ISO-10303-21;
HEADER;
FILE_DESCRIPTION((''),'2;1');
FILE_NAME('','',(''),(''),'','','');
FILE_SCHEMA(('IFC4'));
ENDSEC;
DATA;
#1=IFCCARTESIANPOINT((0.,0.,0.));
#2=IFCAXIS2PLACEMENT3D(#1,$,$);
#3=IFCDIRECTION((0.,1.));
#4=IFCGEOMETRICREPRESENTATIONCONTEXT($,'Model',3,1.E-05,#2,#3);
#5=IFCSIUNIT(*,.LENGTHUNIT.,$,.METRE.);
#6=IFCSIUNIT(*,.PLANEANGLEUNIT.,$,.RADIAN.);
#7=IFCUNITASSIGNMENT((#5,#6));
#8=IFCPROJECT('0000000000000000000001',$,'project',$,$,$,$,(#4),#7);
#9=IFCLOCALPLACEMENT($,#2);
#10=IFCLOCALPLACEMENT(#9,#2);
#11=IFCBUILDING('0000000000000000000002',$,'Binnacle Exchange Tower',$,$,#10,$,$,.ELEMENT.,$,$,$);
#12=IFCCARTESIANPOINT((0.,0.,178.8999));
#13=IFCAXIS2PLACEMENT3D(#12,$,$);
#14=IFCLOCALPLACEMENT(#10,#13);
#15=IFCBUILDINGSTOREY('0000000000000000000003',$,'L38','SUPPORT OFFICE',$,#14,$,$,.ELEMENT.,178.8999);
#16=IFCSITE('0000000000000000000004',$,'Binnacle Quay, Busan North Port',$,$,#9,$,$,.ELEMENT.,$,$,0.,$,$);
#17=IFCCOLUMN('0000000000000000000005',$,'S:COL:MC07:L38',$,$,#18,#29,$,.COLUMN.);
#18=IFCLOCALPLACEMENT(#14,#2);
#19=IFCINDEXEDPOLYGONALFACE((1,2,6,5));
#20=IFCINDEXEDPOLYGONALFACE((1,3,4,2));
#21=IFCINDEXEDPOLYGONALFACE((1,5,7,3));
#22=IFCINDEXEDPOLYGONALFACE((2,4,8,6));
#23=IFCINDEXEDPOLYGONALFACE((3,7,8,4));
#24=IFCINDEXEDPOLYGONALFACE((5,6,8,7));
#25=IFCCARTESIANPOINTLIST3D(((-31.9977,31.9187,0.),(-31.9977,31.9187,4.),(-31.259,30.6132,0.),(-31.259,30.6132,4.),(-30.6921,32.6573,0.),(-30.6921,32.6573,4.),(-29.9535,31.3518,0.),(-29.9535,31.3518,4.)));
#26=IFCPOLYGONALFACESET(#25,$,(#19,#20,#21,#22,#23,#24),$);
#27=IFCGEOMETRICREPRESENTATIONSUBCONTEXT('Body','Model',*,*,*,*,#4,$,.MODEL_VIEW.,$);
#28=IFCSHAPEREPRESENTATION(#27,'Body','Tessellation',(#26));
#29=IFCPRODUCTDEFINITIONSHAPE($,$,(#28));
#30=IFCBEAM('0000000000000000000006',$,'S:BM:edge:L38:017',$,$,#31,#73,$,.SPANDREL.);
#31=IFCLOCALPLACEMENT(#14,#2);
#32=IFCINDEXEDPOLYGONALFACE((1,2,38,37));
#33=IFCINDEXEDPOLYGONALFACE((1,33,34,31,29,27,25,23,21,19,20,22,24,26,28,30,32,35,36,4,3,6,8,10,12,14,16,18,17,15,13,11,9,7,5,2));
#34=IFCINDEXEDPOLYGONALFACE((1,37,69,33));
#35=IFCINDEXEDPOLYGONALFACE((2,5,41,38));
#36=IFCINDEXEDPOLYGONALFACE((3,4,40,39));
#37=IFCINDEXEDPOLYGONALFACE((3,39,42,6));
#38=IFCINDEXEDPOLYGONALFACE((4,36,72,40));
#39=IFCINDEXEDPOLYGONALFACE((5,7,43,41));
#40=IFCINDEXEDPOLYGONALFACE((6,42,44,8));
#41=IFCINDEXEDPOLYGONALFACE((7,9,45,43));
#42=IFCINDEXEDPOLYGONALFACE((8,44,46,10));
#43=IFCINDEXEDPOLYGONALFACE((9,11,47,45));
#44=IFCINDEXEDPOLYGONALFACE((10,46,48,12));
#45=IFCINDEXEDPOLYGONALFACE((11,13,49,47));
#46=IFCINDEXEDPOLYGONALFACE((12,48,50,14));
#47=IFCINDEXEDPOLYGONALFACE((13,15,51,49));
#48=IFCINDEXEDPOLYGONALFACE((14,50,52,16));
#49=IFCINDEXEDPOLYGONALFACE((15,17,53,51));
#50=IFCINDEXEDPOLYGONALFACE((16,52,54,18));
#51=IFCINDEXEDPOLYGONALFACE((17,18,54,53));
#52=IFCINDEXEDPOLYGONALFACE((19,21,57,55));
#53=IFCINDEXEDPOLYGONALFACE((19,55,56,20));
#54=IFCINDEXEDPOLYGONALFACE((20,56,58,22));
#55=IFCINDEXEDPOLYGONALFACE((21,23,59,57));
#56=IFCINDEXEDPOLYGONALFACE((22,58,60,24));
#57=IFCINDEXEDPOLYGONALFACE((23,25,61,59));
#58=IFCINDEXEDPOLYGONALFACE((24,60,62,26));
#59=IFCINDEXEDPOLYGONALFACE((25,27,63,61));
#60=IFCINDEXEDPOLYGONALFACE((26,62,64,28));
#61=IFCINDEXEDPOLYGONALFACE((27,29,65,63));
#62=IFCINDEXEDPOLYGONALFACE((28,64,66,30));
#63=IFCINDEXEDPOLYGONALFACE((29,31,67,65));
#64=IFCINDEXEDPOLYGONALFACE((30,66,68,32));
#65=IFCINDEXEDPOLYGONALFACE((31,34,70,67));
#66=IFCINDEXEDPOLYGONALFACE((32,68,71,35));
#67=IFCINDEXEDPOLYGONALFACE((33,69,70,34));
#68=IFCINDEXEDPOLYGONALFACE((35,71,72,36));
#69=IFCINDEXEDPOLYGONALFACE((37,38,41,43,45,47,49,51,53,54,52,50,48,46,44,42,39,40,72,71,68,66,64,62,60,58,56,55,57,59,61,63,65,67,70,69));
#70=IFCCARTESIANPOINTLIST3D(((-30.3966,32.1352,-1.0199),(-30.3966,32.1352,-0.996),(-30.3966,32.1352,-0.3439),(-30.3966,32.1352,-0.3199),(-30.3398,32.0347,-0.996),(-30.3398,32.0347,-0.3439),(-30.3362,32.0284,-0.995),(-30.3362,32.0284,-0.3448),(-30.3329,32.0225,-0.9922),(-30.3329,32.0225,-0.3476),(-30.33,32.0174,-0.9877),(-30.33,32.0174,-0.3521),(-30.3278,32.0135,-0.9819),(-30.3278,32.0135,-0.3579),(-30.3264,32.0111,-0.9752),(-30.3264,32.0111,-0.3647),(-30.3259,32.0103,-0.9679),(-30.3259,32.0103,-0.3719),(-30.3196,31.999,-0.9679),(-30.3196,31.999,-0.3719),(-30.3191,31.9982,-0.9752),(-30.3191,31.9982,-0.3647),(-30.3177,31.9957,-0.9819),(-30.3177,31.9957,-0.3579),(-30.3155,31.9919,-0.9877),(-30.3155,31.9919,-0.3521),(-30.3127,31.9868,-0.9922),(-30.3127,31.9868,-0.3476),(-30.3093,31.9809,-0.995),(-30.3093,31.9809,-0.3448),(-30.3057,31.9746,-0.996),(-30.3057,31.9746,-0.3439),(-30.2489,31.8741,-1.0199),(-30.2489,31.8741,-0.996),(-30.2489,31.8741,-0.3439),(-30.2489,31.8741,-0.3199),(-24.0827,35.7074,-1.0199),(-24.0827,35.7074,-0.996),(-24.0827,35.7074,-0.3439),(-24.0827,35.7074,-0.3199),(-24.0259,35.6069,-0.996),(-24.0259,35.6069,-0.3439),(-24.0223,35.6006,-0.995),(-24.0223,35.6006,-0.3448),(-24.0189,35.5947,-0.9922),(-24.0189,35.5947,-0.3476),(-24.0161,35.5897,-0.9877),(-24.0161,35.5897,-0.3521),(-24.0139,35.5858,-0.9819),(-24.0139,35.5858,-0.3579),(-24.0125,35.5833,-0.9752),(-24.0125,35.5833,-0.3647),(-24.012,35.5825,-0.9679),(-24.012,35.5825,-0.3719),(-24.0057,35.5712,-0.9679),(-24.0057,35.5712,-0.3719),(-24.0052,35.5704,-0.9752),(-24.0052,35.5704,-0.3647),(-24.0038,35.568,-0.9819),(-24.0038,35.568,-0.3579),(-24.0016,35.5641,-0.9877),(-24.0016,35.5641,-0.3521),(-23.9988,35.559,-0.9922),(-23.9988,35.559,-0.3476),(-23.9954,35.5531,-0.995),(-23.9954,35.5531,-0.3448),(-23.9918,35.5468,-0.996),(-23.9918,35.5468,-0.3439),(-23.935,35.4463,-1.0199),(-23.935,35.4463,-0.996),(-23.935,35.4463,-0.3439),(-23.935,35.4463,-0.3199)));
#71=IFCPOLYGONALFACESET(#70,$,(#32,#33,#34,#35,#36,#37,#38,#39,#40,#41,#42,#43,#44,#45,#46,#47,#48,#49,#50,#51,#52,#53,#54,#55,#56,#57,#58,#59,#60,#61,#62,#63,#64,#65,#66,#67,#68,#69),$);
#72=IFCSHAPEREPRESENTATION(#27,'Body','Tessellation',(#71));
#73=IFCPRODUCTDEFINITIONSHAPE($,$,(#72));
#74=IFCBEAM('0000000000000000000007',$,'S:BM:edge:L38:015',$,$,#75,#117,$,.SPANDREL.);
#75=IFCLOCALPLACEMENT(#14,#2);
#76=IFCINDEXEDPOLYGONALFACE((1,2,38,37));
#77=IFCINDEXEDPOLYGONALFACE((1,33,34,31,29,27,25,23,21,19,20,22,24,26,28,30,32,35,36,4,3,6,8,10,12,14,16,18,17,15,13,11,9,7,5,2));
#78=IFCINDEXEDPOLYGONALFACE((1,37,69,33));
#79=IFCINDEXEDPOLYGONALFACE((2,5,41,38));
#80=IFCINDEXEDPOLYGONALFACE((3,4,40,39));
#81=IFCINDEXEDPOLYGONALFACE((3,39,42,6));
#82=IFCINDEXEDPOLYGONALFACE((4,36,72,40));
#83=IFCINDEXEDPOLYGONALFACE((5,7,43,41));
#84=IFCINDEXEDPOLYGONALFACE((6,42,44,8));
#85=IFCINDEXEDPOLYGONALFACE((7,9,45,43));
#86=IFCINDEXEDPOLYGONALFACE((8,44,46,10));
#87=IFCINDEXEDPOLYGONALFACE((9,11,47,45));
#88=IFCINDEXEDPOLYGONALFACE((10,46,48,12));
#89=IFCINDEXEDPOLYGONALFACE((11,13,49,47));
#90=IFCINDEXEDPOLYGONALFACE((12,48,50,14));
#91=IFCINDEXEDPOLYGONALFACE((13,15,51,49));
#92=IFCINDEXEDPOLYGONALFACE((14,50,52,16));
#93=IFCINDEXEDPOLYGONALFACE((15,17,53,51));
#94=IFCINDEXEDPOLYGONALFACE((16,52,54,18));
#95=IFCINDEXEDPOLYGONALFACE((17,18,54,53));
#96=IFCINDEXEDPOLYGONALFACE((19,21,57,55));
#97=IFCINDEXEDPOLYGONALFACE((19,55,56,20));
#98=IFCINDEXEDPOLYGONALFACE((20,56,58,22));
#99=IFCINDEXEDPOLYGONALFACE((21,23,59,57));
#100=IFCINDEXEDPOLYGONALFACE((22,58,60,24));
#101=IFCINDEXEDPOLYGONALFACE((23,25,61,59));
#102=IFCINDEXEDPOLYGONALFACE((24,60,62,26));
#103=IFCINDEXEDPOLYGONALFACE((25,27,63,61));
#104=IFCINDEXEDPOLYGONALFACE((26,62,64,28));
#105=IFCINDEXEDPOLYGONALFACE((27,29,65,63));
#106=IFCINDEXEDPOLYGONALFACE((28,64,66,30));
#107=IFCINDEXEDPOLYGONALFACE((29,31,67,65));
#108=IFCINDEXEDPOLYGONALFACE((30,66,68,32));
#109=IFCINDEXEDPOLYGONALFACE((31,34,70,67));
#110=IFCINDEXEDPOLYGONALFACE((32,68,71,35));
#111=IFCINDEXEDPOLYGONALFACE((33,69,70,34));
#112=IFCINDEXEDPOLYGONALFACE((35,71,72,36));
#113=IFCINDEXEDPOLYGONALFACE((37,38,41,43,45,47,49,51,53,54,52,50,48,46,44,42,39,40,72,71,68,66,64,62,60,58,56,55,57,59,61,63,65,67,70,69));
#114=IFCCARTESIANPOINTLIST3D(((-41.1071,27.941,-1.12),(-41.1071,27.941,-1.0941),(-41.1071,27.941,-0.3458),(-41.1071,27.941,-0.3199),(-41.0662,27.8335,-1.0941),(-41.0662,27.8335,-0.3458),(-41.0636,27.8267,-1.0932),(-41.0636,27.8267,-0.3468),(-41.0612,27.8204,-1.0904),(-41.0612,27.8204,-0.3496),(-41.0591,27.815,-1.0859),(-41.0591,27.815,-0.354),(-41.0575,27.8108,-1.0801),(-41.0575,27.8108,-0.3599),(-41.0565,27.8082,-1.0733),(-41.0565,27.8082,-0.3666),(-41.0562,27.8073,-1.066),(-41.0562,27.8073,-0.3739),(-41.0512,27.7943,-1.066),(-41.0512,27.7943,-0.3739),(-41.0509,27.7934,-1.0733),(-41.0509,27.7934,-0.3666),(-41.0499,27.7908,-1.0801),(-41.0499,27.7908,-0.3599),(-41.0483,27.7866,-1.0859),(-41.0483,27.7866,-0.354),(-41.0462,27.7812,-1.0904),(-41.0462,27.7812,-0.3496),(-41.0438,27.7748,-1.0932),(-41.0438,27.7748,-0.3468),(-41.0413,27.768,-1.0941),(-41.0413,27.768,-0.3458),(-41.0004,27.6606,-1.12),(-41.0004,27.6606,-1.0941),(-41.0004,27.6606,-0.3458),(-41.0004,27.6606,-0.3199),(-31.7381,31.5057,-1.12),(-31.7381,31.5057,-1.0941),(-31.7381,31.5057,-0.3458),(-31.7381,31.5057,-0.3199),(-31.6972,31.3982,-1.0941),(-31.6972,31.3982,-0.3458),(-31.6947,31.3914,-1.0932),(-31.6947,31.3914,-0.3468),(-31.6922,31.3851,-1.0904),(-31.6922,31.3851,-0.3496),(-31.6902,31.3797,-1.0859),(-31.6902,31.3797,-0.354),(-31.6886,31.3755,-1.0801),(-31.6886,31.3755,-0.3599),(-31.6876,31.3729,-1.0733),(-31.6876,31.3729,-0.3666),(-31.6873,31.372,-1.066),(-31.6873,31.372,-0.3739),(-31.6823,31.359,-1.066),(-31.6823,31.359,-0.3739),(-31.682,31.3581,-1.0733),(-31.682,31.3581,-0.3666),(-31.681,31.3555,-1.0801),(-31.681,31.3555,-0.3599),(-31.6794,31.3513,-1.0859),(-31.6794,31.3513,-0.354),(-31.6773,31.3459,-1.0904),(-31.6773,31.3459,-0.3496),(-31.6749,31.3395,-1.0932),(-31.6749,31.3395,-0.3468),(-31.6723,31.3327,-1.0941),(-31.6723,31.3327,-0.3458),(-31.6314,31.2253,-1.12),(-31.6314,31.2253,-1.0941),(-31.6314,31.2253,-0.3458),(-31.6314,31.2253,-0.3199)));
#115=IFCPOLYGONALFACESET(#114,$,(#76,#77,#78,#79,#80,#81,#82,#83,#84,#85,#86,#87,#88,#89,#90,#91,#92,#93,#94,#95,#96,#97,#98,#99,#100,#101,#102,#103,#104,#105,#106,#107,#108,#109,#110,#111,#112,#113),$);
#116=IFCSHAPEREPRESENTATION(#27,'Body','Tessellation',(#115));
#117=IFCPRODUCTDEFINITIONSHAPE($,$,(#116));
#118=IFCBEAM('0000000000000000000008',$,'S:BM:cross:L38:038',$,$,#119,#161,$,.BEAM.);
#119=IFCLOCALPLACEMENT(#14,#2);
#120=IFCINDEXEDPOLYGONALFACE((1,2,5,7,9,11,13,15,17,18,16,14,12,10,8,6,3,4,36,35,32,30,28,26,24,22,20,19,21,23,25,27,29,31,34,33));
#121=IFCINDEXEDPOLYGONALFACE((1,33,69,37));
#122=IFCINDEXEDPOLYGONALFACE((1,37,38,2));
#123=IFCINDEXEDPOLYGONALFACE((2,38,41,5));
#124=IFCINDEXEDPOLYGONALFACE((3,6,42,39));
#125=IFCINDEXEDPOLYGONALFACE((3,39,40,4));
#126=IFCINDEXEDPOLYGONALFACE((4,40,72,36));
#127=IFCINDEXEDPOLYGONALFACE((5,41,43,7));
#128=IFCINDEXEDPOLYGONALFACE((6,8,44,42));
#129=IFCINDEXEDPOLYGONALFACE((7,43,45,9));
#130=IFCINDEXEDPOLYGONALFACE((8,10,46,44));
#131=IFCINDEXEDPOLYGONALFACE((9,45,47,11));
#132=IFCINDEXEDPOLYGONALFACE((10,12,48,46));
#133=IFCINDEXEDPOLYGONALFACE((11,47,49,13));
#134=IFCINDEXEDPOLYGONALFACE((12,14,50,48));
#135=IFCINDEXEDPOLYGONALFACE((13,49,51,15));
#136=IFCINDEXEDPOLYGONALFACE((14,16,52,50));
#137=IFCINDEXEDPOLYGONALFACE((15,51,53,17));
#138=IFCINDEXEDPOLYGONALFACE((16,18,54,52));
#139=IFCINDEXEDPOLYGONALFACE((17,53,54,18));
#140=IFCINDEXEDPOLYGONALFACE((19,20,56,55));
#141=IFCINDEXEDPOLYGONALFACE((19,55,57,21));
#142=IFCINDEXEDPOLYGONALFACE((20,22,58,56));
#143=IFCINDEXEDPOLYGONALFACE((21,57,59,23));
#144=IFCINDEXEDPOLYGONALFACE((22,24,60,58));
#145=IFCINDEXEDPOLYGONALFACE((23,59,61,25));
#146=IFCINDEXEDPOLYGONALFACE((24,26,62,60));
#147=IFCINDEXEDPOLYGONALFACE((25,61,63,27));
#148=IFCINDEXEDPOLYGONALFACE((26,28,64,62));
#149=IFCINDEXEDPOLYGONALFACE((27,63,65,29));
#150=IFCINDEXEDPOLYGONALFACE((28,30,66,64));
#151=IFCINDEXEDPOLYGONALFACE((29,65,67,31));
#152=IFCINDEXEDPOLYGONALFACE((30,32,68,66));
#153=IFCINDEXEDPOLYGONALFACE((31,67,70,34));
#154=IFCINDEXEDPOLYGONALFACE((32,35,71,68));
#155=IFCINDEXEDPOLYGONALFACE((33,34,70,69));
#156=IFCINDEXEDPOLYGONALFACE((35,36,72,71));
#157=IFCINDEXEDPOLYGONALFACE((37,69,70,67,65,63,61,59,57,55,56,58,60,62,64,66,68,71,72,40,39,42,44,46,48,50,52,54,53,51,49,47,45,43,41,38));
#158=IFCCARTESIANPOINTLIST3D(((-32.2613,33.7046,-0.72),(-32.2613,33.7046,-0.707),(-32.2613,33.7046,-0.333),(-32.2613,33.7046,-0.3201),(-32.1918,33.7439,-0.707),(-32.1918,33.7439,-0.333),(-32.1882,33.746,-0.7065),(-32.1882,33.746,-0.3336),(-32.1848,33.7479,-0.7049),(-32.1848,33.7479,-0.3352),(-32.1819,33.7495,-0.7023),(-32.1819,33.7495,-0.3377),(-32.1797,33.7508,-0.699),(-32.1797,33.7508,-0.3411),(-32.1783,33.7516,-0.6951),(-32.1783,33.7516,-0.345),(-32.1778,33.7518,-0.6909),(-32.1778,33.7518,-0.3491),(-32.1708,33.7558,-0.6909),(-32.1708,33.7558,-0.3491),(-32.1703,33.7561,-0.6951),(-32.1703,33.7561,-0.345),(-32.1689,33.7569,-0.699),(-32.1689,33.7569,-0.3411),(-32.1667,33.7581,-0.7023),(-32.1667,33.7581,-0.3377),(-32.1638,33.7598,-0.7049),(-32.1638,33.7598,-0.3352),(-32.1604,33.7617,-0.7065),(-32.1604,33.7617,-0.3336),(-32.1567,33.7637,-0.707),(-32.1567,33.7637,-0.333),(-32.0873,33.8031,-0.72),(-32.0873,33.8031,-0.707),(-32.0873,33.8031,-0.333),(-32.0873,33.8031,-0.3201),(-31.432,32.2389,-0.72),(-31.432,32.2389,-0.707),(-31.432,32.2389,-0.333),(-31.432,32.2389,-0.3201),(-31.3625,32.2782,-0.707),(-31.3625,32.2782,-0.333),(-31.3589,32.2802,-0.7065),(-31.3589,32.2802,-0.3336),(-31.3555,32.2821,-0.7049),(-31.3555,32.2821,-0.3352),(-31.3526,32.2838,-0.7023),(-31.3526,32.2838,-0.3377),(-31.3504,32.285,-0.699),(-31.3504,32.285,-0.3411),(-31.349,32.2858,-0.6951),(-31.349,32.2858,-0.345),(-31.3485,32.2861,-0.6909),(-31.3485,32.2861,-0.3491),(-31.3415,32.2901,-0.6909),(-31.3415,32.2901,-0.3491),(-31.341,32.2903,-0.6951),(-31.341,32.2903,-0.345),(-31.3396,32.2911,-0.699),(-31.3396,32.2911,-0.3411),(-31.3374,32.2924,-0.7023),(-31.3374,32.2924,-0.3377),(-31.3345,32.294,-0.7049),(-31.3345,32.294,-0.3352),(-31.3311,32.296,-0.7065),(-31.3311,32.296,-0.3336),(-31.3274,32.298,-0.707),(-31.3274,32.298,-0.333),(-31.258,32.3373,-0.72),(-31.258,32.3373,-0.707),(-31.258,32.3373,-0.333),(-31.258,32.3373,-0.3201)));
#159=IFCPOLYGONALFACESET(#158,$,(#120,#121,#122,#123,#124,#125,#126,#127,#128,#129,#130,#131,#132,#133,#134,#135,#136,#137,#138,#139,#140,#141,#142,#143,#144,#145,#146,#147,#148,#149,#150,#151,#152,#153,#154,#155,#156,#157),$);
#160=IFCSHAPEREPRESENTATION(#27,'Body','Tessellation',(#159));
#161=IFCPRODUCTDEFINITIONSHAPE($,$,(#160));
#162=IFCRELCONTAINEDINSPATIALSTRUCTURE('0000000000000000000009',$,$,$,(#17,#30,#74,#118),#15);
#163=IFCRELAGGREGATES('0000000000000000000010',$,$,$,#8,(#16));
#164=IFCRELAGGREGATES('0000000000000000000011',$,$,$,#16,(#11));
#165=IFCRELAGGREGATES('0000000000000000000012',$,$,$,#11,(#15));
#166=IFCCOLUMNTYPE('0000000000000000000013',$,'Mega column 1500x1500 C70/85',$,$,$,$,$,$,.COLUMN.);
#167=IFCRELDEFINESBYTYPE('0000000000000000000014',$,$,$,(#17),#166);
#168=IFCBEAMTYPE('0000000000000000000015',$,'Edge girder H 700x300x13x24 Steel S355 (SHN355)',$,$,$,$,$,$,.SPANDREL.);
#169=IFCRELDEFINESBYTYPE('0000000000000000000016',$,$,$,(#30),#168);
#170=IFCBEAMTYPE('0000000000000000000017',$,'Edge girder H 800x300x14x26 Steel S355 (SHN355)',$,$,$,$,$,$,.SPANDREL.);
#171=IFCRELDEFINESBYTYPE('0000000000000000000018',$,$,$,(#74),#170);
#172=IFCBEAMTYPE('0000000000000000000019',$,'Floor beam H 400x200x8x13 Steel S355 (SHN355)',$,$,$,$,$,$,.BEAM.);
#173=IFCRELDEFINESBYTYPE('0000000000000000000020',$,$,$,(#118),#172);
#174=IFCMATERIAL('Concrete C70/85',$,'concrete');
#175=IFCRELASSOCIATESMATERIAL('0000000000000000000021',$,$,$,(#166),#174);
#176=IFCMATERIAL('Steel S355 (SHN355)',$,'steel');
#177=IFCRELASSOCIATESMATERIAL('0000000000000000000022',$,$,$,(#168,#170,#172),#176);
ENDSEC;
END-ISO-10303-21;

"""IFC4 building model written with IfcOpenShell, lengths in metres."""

from ifc_helpers import new_model, si_unit, direction, frame, origin, origin_2d, place, context, subcontext, project, spatial, rectangle, i_section, extrude, material, material_profile, profile_set, type_object, element, save


model = new_model("IFC4")

# Units and contexts
model_context = context("Model", 3, precision=1e-05, world=origin(), true_north=direction((0.0, 1.0)))
body_context = subcontext(model_context, "Body", "Model", "MODEL_VIEW")
ifc_project = project(units=[si_unit("LENGTHUNIT", "METRE"), si_unit("PLANEANGLEUNIT", "RADIAN")], contexts=[model_context])

# Site, building, storey
site_placement = place(None, origin())
site = spatial("IfcSite", under=ifc_project, at=site_placement, Name="Binnacle Quay, Busan North Port", CompositionType="ELEMENT", RefElevation=0.0)
building_placement = place(site_placement, origin())
building = spatial("IfcBuilding", under=site, at=building_placement, Name="Binnacle Exchange Tower", CompositionType="ELEMENT")
storey_placement = place(building_placement, frame((0.0, 0.0, 178.8999)))
storey = spatial("IfcBuildingStorey", under=building, at=storey_placement, Name="L38", Description="SUPPORT OFFICE", CompositionType="ELEMENT", Elevation=178.8999)

# Column
ifc_material_1 = material(Name="Concrete C70/85", Category="concrete")
ifc_material_profile_1 = material_profile(ifc_material_1, rectangle(XDim=1.5, YDim=1.5, at=origin_2d()), Name="Mega column 1500x1500 C70/85")
ifc_profile_set_1 = profile_set([ifc_material_profile_1], Name="Concrete C70/85")
column_type = type_object("IfcColumnType", Name="Mega column 1500x1500 C70/85", PredefinedType="COLUMN", material=ifc_profile_set_1)
column_placement = place(storey_placement, frame((-30.9756, 31.6353, 0.0), z_axis=(0.0, 0.0, 1.0), x_axis=(0.870356, 0.492424, 0.0)))
element("IfcColumn", 1, at=column_placement, inside=storey, type_object=column_type, Name="S:COL:MC07:L38", PredefinedType="COLUMN", context=body_context, shape_type="SweptSolid", body=[
    extrude(rectangle(XDim=1.5, YDim=1.5, at=origin_2d()), origin(), (0.0, 0.0, 1.0), 4.0),
])

# Beams
ifc_material_2 = material(Name="Steel S355 (SHN355)", Category="steel")
ifc_material_profile_2 = material_profile(ifc_material_2, i_section(OverallWidth=0.3, OverallDepth=0.7, WebThickness=0.0129, FlangeThickness=0.0239, FilletRadius=0.0281, at=origin_2d()), Name="H 700x300x13x24")
ifc_profile_set_2 = profile_set([ifc_material_profile_2], Name="Steel S355 (SHN355)")
beam_type_1 = type_object("IfcBeamType", Name="Edge girder H 700x300x13x24 Steel S355 (SHN355)", PredefinedType="SPANDREL", material=ifc_profile_set_2)
beam_1_placement = place(storey_placement, frame((-30.3228, 32.0046, -0.6699), z_axis=(0.870356, 0.492423, 0.0), x_axis=(-0.492423, 0.870356, 0.0)))
element("IfcBeam", 2, at=beam_1_placement, inside=storey, type_object=beam_type_1, Name="S:BM:edge:L38:017", PredefinedType="SPANDREL", context=body_context, shape_type="SweptSolid", body=[
    extrude(i_section(OverallWidth=0.3, OverallDepth=0.7, WebThickness=0.0129, FlangeThickness=0.0239, FilletRadius=0.0281, at=origin_2d()), origin(), (0.0, 0.0, 1.0), 7.2544),
])
ifc_material_profile_3 = material_profile(ifc_material_2, i_section(OverallWidth=0.3, OverallDepth=0.8, WebThickness=0.0139, FlangeThickness=0.0259, FilletRadius=0.0281, at=origin_2d()), Name="H 800x300x14x26")
ifc_profile_set_3 = profile_set([ifc_material_profile_3], Name="Steel S355 (SHN355)")
beam_type_2 = type_object("IfcBeamType", Name="Edge girder H 800x300x14x26 Steel S355 (SHN355)", PredefinedType="SPANDREL", material=ifc_profile_set_3)
beam_2_placement = place(storey_placement, frame((-41.0537, 27.8008, -0.72), z_axis=(0.934634, 0.355611, 0.0), x_axis=(-0.355611, 0.934634, 0.0)))
element("IfcBeam", 3, at=beam_2_placement, inside=storey, type_object=beam_type_2, Name="S:BM:edge:L38:015", PredefinedType="SPANDREL", context=body_context, shape_type="SweptSolid", body=[
    extrude(i_section(OverallWidth=0.3, OverallDepth=0.8, WebThickness=0.0139, FlangeThickness=0.0259, FilletRadius=0.0281, at=origin_2d()), origin(), (0.0, 0.0, 1.0), 10.0242),
])
ifc_material_profile_4 = material_profile(ifc_material_2, i_section(OverallWidth=0.2, OverallDepth=0.3999, WebThickness=0.0081, FlangeThickness=0.0129, FilletRadius=0.0161, at=origin_2d()), Name="H 400x200x8x13")
ifc_profile_set_4 = profile_set([ifc_material_profile_4], Name="Steel S355 (SHN355)")
beam_type_3 = type_object("IfcBeamType", Name="Floor beam H 400x200x8x13 Steel S355 (SHN355)", PredefinedType="BEAM", material=ifc_profile_set_4)
beam_3_placement = place(storey_placement, frame((-31.345, 32.2881, -0.52), z_axis=(-0.492435, 0.870349, 0.0), x_axis=(-0.870349, -0.492435, 0.0)))
element("IfcBeam", 4, at=beam_3_placement, inside=storey, type_object=beam_type_3, Name="S:BM:cross:L38:038", PredefinedType="BEAM", context=body_context, shape_type="SweptSolid", body=[
    extrude(i_section(OverallWidth=0.2, OverallDepth=0.3999, WebThickness=0.0081, FlangeThickness=0.0129, FilletRadius=0.0161, at=origin_2d()), origin(), (0.0, 0.0, 1.0), 1.6841),
])

save(model, "model.ifc")
